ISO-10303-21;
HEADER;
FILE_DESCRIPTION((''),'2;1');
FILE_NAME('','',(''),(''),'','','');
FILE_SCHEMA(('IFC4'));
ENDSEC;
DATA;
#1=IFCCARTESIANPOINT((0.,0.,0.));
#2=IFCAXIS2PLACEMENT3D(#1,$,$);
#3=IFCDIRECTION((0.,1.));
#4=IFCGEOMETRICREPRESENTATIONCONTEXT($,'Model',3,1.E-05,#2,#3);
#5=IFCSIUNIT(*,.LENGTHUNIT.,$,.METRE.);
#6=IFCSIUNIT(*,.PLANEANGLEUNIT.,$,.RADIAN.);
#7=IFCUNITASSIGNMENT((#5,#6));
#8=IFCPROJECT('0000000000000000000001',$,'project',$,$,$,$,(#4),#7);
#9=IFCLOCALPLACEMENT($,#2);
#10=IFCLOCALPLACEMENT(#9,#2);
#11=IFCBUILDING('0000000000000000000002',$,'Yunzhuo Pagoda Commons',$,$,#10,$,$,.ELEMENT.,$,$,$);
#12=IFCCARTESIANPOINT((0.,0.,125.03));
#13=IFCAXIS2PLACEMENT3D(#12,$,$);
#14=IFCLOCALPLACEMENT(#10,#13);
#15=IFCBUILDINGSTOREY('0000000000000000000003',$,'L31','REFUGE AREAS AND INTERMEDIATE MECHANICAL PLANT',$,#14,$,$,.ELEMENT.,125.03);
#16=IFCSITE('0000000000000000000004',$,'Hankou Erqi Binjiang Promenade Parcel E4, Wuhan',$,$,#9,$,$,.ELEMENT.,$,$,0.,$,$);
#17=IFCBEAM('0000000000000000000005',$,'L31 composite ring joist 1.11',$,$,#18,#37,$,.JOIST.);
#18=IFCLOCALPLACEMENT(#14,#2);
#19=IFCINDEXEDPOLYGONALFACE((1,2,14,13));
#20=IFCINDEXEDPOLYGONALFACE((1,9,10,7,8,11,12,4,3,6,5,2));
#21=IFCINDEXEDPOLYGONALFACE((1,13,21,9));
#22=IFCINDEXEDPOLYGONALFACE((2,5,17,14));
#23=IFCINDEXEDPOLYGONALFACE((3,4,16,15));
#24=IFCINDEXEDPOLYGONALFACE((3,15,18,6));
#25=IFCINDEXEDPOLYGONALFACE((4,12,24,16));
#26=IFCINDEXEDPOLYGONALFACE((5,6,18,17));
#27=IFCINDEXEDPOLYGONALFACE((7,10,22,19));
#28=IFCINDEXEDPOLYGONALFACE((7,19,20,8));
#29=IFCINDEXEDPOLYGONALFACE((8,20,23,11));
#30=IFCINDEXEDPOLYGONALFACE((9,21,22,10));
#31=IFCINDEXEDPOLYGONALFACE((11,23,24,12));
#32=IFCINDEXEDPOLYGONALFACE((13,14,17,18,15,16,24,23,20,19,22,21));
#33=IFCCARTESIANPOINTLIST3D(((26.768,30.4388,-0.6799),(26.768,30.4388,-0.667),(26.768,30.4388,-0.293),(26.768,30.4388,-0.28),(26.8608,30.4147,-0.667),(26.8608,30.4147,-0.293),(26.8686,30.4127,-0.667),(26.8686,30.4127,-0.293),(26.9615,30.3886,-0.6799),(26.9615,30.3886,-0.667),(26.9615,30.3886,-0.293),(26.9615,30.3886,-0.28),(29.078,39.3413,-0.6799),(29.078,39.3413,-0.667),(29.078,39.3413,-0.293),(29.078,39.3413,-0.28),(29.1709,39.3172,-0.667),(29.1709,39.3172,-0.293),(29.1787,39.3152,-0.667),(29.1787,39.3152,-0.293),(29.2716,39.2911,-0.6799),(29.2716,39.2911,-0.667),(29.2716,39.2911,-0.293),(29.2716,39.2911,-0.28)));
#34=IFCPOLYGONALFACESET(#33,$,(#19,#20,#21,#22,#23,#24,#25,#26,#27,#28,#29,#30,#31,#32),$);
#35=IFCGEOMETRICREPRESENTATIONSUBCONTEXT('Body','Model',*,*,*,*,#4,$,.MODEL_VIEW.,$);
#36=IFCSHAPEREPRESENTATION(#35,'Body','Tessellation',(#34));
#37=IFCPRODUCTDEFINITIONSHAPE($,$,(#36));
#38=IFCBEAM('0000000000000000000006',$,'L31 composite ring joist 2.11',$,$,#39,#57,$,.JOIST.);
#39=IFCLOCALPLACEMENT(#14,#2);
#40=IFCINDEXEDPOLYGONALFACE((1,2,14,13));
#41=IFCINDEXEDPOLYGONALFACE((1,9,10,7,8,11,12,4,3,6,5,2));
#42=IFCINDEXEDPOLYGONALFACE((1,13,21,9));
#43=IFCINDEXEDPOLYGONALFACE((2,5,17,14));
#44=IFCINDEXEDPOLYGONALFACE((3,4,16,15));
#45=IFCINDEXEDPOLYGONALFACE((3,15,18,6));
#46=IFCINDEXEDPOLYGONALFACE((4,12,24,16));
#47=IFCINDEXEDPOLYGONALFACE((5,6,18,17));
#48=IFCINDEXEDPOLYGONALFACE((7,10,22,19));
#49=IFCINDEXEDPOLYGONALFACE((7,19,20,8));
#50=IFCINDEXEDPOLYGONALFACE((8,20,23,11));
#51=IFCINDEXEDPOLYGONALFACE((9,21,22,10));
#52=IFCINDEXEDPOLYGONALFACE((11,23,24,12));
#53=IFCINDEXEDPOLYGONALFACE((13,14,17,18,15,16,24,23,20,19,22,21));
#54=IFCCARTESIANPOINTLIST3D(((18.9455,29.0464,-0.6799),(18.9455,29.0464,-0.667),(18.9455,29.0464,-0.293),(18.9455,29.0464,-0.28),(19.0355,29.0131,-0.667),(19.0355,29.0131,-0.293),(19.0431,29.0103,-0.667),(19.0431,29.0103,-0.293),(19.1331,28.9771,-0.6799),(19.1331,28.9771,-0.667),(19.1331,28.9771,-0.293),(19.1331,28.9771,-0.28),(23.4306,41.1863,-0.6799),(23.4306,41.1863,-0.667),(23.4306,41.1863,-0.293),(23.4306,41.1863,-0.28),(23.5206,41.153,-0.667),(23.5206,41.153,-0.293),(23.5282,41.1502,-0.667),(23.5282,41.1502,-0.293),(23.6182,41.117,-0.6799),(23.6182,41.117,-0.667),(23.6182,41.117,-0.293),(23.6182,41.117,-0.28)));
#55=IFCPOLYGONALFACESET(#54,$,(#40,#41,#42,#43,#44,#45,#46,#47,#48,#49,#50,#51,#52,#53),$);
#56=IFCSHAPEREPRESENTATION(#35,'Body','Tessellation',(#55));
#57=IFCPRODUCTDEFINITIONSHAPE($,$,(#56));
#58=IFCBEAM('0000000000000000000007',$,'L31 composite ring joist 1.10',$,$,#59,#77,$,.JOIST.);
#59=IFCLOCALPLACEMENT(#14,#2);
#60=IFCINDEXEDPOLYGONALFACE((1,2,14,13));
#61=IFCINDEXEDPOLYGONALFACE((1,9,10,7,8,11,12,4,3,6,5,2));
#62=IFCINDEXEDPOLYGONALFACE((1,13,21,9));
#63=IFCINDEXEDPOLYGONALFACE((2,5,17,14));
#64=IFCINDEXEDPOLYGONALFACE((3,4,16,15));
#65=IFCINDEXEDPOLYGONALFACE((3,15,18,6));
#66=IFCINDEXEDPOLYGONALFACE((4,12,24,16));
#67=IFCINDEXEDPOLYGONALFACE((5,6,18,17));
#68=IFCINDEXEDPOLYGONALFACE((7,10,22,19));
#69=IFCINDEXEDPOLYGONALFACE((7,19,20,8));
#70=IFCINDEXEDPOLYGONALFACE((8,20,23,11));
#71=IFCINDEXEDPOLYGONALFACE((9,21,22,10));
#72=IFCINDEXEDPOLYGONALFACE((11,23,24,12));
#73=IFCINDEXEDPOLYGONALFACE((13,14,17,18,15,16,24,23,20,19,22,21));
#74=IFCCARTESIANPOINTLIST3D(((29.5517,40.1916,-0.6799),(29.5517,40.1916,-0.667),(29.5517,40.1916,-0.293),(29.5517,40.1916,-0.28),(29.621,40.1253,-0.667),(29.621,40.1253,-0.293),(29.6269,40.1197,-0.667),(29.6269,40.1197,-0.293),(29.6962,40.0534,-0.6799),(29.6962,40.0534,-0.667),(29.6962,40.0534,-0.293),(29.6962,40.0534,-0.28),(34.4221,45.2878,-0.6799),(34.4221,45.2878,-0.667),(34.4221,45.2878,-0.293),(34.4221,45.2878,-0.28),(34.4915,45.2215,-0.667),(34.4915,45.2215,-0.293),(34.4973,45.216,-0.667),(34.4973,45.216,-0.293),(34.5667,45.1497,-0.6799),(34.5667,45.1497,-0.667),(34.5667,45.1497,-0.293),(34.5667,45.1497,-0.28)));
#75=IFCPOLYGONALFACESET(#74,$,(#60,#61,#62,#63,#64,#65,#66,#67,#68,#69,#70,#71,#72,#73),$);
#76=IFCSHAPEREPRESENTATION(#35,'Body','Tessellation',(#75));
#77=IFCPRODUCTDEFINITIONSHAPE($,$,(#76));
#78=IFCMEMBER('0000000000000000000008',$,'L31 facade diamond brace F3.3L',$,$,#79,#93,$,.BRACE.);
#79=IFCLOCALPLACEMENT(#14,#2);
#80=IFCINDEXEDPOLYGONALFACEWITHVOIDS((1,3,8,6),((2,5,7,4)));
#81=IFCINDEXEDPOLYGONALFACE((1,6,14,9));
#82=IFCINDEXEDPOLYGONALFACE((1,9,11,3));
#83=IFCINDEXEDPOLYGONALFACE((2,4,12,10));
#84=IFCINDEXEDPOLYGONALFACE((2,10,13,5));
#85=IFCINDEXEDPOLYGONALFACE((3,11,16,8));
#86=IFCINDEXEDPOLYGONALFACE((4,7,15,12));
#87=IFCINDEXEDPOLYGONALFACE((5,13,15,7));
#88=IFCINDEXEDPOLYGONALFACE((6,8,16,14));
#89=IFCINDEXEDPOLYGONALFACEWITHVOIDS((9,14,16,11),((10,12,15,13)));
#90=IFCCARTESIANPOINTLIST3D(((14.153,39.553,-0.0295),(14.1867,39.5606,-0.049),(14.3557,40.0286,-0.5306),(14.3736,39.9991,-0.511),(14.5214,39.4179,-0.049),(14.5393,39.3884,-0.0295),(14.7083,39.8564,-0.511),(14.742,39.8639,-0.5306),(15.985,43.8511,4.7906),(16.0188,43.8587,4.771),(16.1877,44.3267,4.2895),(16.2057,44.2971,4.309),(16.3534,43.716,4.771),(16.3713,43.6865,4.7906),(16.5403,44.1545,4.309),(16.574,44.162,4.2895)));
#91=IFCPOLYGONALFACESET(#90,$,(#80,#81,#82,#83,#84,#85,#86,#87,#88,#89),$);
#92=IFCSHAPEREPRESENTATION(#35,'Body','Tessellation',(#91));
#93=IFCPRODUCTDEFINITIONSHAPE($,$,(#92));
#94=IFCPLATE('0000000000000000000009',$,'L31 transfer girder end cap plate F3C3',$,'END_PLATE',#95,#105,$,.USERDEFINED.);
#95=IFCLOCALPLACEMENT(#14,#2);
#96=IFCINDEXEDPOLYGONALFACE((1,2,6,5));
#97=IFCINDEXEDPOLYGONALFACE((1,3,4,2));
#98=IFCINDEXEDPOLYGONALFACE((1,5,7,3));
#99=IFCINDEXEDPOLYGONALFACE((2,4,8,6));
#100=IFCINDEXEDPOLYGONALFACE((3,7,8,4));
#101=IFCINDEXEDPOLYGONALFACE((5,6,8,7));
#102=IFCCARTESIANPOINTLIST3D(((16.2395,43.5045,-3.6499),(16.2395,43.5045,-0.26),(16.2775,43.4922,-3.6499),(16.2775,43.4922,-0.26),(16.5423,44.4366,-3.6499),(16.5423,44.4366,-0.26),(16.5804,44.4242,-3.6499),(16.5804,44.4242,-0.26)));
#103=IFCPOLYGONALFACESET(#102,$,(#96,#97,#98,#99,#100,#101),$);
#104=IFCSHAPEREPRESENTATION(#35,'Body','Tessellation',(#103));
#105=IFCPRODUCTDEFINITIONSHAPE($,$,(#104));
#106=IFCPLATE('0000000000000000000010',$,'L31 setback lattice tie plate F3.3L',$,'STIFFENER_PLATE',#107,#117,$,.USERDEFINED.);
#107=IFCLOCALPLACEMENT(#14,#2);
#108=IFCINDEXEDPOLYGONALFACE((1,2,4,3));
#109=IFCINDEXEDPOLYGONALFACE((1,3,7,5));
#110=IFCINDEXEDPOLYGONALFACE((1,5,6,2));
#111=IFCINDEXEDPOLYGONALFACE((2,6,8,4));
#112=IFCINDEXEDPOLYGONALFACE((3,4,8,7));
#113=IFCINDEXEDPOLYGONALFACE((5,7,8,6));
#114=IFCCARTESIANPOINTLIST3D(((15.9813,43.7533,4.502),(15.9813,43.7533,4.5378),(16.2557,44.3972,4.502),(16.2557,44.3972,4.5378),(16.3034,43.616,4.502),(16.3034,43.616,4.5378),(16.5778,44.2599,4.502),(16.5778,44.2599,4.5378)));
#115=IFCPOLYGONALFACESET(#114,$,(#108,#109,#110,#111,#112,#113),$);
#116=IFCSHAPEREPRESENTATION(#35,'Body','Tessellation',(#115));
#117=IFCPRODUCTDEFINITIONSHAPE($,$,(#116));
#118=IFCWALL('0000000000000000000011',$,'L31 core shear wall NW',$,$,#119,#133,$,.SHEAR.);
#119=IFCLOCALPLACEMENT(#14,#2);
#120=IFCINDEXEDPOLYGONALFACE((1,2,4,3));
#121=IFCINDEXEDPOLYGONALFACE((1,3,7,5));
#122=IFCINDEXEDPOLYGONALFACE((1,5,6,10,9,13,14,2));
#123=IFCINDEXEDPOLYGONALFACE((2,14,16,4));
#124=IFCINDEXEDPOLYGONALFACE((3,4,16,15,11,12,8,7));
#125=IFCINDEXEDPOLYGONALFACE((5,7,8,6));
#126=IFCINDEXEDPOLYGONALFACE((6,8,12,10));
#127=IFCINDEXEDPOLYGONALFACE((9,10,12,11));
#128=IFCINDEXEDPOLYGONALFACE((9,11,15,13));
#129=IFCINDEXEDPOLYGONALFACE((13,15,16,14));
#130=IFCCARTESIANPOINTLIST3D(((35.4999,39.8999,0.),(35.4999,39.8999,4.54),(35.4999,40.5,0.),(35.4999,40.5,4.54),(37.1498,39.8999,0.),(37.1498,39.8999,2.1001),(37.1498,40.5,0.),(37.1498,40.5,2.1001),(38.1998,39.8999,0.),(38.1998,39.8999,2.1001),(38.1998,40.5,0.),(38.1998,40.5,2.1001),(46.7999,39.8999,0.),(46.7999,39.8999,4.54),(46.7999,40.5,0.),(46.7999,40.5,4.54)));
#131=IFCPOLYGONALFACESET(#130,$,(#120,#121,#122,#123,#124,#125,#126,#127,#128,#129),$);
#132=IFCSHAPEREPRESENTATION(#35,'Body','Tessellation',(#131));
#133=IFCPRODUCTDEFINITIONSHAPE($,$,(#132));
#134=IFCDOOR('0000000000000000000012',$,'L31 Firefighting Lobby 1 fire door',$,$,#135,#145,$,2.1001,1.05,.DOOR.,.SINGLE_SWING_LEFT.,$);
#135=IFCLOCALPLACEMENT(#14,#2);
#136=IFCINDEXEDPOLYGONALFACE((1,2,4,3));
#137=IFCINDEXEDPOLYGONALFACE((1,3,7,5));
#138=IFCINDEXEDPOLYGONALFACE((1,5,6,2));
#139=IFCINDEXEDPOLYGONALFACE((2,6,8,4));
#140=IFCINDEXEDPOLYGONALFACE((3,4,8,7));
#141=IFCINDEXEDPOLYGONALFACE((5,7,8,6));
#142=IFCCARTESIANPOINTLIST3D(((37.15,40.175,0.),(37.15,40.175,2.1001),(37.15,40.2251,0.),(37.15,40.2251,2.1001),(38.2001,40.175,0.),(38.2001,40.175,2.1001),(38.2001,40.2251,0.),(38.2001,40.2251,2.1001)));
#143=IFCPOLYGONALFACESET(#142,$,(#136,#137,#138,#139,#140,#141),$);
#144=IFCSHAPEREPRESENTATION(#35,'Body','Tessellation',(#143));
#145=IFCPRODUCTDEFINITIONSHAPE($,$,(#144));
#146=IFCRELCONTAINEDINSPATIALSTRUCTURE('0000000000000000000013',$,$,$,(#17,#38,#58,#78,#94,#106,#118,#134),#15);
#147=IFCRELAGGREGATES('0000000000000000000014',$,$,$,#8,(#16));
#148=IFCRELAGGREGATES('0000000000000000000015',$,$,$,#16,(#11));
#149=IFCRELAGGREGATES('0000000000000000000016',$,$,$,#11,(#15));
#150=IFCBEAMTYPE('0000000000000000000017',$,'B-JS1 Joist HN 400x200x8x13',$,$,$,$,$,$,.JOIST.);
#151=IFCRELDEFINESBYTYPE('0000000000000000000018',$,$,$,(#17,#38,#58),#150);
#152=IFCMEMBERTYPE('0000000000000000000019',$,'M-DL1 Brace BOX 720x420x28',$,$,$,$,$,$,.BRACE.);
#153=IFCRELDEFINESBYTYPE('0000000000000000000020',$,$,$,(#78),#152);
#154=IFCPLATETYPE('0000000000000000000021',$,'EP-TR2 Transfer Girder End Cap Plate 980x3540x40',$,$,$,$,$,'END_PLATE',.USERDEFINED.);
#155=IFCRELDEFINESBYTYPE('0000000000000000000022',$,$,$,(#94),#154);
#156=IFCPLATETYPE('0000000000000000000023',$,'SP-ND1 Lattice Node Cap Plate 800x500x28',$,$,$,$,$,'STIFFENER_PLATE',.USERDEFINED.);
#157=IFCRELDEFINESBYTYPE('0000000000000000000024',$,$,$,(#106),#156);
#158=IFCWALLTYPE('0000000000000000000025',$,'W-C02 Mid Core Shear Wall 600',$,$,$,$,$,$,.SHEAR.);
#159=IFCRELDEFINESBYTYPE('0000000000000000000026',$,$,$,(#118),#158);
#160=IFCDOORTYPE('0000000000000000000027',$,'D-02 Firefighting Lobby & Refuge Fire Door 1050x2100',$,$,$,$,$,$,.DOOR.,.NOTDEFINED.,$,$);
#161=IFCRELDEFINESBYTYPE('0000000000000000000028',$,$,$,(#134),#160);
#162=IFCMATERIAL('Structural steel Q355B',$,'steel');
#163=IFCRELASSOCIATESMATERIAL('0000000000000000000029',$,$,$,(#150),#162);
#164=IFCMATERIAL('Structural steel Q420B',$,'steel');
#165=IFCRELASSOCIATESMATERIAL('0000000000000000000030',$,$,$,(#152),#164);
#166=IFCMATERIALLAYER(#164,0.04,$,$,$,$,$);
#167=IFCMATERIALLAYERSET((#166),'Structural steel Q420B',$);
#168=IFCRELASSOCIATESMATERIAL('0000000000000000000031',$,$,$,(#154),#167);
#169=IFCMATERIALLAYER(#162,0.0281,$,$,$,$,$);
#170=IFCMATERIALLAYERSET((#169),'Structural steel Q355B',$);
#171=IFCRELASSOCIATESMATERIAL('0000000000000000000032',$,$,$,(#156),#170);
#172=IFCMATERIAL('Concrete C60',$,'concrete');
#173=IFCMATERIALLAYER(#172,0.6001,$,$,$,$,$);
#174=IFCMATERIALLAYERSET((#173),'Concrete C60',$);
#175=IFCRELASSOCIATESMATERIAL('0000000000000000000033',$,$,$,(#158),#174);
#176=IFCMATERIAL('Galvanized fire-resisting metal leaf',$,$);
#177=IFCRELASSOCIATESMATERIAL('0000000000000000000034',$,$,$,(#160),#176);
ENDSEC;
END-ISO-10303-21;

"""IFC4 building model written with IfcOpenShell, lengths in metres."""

from ifc_helpers import new_model, si_unit, direction, frame, frame_2d, origin, origin_2d, place, context, subcontext, project, spatial, rectangle, hollow_rectangle, i_section, extrude, source, transform, mapped, material, layer, layer_set, material_profile, profile_set, type_object, element, fill, save


model = new_model("IFC4")

# Units and contexts
model_context = context("Model", 3, precision=1e-05, world=origin(), true_north=direction((0.0, 1.0)))
body_context = subcontext(model_context, "Body", "Model", "MODEL_VIEW")
ifc_project = project(units=[si_unit("LENGTHUNIT", "METRE"), si_unit("PLANEANGLEUNIT", "RADIAN")], contexts=[model_context])

# Site, building, storey
site_placement = place(None, origin())
site = spatial("IfcSite", under=ifc_project, at=site_placement, Name="Hankou Erqi Binjiang Promenade Parcel E4, Wuhan", CompositionType="ELEMENT", RefElevation=0.0)
building_placement = place(site_placement, origin())
building = spatial("IfcBuilding", under=site, at=building_placement, Name="Yunzhuo Pagoda Commons", CompositionType="ELEMENT")
storey_placement = place(building_placement, frame((0.0, 0.0, 125.03)))
storey = spatial("IfcBuildingStorey", under=building, at=storey_placement, Name="L31", Description="REFUGE AREAS AND INTERMEDIATE MECHANICAL PLANT", CompositionType="ELEMENT", Elevation=125.03)

# Shared definitions
ifc_material_1 = material(Name="Structural steel Q420B", Category="steel")

# Beams
ifc_material_2 = material(Name="Structural steel Q355B", Category="steel")
ifc_material_profile_1 = material_profile(ifc_material_2, i_section(OverallWidth=0.2, OverallDepth=0.3999, WebThickness=0.0081, FlangeThickness=0.0129, at=origin_2d()), Name="Structural steel Q355B")
ifc_profile_set_1 = profile_set([ifc_material_profile_1], Name="Structural steel Q355B")
beam_type_1 = type_object("IfcBeamType", Name="B-JS1 Joist HN 400x200x8x13", PredefinedType="JOIST", material=ifc_profile_set_1)
shared_shape_1 = source(origin(), body_context, "Body", "SweptSolid", [
    extrude(i_section(OverallWidth=0.2, OverallDepth=0.3999, WebThickness=0.0081, FlangeThickness=0.0129, at=origin_2d()), origin(), (0.0, 0.0, 1.0), 9.1973),
])
beam_1_placement = place(storey_placement, frame((29.1748, 39.3162, -0.48), z_axis=(-0.25117, -0.967943, 0.0), x_axis=(0.967943, -0.25117, 0.0)))
element("IfcBeam", 1, at=beam_1_placement, inside=storey, type_object=beam_type_1, Name="L31 composite ring joist 1.11", PredefinedType="JOIST", context=body_context, shape_type="MappedRepresentation", body=[
    mapped(shared_shape_1, transform((0.0, 0.0, 0.0), scale=1.0)),
])
shared_shape_2 = source(origin(), body_context, "Body", "SweptSolid", [
    extrude(i_section(OverallWidth=0.2, OverallDepth=0.3999, WebThickness=0.0081, FlangeThickness=0.0129, at=origin_2d()), origin(), (0.0, 0.0, 1.0), 12.9419),
])
beam_2_placement = place(storey_placement, frame((23.5244, 41.1516, -0.48), z_axis=(-0.346557, -0.938029, 0.0), x_axis=(0.938029, -0.346557, 0.0)))
element("IfcBeam", 2, at=beam_2_placement, inside=storey, type_object=beam_type_1, Name="L31 composite ring joist 2.11", PredefinedType="JOIST", context=body_context, shape_type="MappedRepresentation", body=[
    mapped(shared_shape_2, transform((0.0, 0.0, 0.0), scale=1.0)),
])
shared_shape_3 = source(origin(), body_context, "Body", "SweptSolid", [
    extrude(i_section(OverallWidth=0.2, OverallDepth=0.3999, WebThickness=0.0081, FlangeThickness=0.0129, at=origin_2d()), origin(), (0.0, 0.0, 1.0), 7.0493),
])
beam_3_placement = place(storey_placement, frame((34.4944, 45.2188, -0.48), z_axis=(-0.690907, -0.722943, 0.0), x_axis=(0.722943, -0.690907, 0.0)))
element("IfcBeam", 3, at=beam_3_placement, inside=storey, type_object=beam_type_1, Name="L31 composite ring joist 1.10", PredefinedType="JOIST", context=body_context, shape_type="MappedRepresentation", body=[
    mapped(shared_shape_3, transform((0.0, 0.0, 0.0), scale=1.0)),
])

# Member
ifc_material_profile_2 = material_profile(ifc_material_1, hollow_rectangle(XDim=0.4199, YDim=0.72, WallThickness=0.0281, at=origin_2d()), Name="Structural steel Q420B")
ifc_profile_set_2 = profile_set([ifc_material_profile_2], Name="Structural steel Q420B")
member_type = type_object("IfcMemberType", Name="M-DL1 Brace BOX 720x420x28", PredefinedType="BRACE", material=ifc_profile_set_2)
shared_shape_4 = source(origin(), body_context, "Body", "SweptSolid", [
    extrude(hollow_rectangle(XDim=0.4199, YDim=0.72, WallThickness=0.0281, at=origin_2d()), origin(), (0.0, 0.0, 1.0), 6.7129),
])
member_placement = place(storey_placement, frame((14.4475, 39.7085, -0.28), z_axis=(0.272912, 0.640274, 0.718031), x_axis=(-0.919919, 0.392109, 0.0)))
element("IfcMember", 4, at=member_placement, inside=storey, type_object=member_type, Name="L31 facade diamond brace F3.3L", PredefinedType="BRACE", context=body_context, shape_type="MappedRepresentation", body=[
    mapped(shared_shape_4, transform((0.0, 0.0, 0.0), scale=1.0)),
])

# Plates
ifc_layer_1 = layer(ifc_material_1, 0.04)
ifc_layer_set_1 = layer_set([ifc_layer_1], Name="Structural steel Q420B")
plate_type_1 = type_object("IfcPlateType", Name="EP-TR2 Transfer Girder End Cap Plate 980x3540x40", ElementType="END_PLATE", PredefinedType="USERDEFINED", material=ifc_layer_set_1)
shared_shape_5 = source(origin(), body_context, "Body", "SweptSolid", [
    extrude(rectangle(XDim=0.98, YDim=0.04, at=origin_2d()), origin(), (0.0, 0.0, 1.0), 3.3899),
])
plate_1_placement = place(storey_placement, frame((16.4099, 43.9644, -3.6499), z_axis=(0.0, 0.0, 1.0), x_axis=(-0.309017, -0.951057, 0.0)))
element("IfcPlate", 5, at=plate_1_placement, inside=storey, type_object=plate_type_1, Name="L31 transfer girder end cap plate F3C3", ObjectType="END_PLATE", PredefinedType="USERDEFINED", context=body_context, shape_type="MappedRepresentation", body=[
    mapped(shared_shape_5, transform((0.0, 0.0, 0.0), scale=1.0)),
])
ifc_layer_2 = layer(ifc_material_2, 0.0281)
ifc_layer_set_2 = layer_set([ifc_layer_2], Name="Structural steel Q355B")
plate_type_2 = type_object("IfcPlateType", Name="SP-ND1 Lattice Node Cap Plate 800x500x28", ElementType="STIFFENER_PLATE", PredefinedType="USERDEFINED", material=ifc_layer_set_2)
shared_shape_6 = source(origin(), body_context, "Body", "SweptSolid", [
    extrude(rectangle(XDim=0.7, YDim=0.3501, at=origin_2d()), origin(), (0.0, 0.0, 1.0), 0.0359),
])
plate_2_placement = place(storey_placement, frame((16.2795, 44.0066, 4.502), z_axis=(0.0, 0.0, 1.0), x_axis=(-0.39208, -0.919931, 0.0)))
element("IfcPlate", 6, at=plate_2_placement, inside=storey, type_object=plate_type_2, Name="L31 setback lattice tie plate F3.3L", ObjectType="STIFFENER_PLATE", PredefinedType="USERDEFINED", context=body_context, shape_type="MappedRepresentation", body=[
    mapped(shared_shape_6, transform((0.0, 0.0, 0.0), scale=1.0)),
])

# Wall, opening, door
ifc_material_3 = material(Name="Concrete C60", Category="concrete")
ifc_layer_3 = layer(ifc_material_3, 0.6001)
ifc_layer_set_3 = layer_set([ifc_layer_3], Name="Concrete C60")
wall_type_1 = type_object("IfcWallType", Name="W-C02 Mid Core Shear Wall 600", PredefinedType="SHEAR", material=ifc_layer_set_3)
wall_1_placement = place(storey_placement, frame((35.5, 40.2, 0.0), z_axis=(0.0, 0.0, 1.0), x_axis=(1.0, 0.0, 0.0)))
wall_1 = element("IfcWall", 7, at=wall_1_placement, inside=storey, type_object=wall_type_1, Name="L31 core shear wall NW", PredefinedType="SHEAR", context=body_context, shape_type="SweptSolid", body=[
    extrude(rectangle(XDim=11.3, YDim=0.6001, at=frame_2d((5.6499, 0.0))), origin(), (0.0, 0.0, 1.0), 4.54),
])
opening_1_placement = place(wall_1_placement, frame((1.6499, 0.0, 0.0)))
opening_1 = element("IfcOpeningElement", 8, at=opening_1_placement, cuts=wall_1, PredefinedType="OPENING", context=body_context, shape_type="SweptSolid", body=[
    extrude(rectangle(XDim=1.05, YDim=2.1001, at=frame_2d((0.5249, 1.05))), frame((0.0, 0.3101, 0.0), z_axis=(0.0, -1.0, 0.0), x_axis=(1.0, 0.0, 0.0)), (0.0, 0.0, 1.0), 0.6201),
])
ifc_material_4 = material(Name="Galvanized fire-resisting metal leaf")
door_type_1 = type_object("IfcDoorType", Name="D-02 Firefighting Lobby & Refuge Fire Door 1050x2100", OperationType="NOTDEFINED", PredefinedType="DOOR", material=ifc_material_4)
shared_shape_7 = source(origin(), body_context, "Body", "SweptSolid", [
    extrude(rectangle(XDim=1.05, YDim=2.1001, at=frame_2d((0.5249, 1.05))), frame((0.0, 0.0249, 0.0), z_axis=(0.0, -1.0, 0.0), x_axis=(1.0, 0.0, 0.0)), (0.0, 0.0, 1.0), 0.05),
])
door_1_placement = place(opening_1_placement, frame((1.05, 0.0, 0.0), z_axis=(0.0, 0.0, 1.0), x_axis=(-1.0, 0.0, 0.0)))
door_1 = element("IfcDoor", 9, at=door_1_placement, inside=storey, type_object=door_type_1, Name="L31 Firefighting Lobby 1 fire door", OperationType="SINGLE_SWING_LEFT", OverallHeight=2.1001, OverallWidth=1.05, PredefinedType="DOOR", context=body_context, shape_type="MappedRepresentation", body=[
    mapped(shared_shape_7, transform((0.0, 0.0, 0.0), scale=1.0)),
])
fill(opening_1, door_1)

save(model, "model.ifc")
